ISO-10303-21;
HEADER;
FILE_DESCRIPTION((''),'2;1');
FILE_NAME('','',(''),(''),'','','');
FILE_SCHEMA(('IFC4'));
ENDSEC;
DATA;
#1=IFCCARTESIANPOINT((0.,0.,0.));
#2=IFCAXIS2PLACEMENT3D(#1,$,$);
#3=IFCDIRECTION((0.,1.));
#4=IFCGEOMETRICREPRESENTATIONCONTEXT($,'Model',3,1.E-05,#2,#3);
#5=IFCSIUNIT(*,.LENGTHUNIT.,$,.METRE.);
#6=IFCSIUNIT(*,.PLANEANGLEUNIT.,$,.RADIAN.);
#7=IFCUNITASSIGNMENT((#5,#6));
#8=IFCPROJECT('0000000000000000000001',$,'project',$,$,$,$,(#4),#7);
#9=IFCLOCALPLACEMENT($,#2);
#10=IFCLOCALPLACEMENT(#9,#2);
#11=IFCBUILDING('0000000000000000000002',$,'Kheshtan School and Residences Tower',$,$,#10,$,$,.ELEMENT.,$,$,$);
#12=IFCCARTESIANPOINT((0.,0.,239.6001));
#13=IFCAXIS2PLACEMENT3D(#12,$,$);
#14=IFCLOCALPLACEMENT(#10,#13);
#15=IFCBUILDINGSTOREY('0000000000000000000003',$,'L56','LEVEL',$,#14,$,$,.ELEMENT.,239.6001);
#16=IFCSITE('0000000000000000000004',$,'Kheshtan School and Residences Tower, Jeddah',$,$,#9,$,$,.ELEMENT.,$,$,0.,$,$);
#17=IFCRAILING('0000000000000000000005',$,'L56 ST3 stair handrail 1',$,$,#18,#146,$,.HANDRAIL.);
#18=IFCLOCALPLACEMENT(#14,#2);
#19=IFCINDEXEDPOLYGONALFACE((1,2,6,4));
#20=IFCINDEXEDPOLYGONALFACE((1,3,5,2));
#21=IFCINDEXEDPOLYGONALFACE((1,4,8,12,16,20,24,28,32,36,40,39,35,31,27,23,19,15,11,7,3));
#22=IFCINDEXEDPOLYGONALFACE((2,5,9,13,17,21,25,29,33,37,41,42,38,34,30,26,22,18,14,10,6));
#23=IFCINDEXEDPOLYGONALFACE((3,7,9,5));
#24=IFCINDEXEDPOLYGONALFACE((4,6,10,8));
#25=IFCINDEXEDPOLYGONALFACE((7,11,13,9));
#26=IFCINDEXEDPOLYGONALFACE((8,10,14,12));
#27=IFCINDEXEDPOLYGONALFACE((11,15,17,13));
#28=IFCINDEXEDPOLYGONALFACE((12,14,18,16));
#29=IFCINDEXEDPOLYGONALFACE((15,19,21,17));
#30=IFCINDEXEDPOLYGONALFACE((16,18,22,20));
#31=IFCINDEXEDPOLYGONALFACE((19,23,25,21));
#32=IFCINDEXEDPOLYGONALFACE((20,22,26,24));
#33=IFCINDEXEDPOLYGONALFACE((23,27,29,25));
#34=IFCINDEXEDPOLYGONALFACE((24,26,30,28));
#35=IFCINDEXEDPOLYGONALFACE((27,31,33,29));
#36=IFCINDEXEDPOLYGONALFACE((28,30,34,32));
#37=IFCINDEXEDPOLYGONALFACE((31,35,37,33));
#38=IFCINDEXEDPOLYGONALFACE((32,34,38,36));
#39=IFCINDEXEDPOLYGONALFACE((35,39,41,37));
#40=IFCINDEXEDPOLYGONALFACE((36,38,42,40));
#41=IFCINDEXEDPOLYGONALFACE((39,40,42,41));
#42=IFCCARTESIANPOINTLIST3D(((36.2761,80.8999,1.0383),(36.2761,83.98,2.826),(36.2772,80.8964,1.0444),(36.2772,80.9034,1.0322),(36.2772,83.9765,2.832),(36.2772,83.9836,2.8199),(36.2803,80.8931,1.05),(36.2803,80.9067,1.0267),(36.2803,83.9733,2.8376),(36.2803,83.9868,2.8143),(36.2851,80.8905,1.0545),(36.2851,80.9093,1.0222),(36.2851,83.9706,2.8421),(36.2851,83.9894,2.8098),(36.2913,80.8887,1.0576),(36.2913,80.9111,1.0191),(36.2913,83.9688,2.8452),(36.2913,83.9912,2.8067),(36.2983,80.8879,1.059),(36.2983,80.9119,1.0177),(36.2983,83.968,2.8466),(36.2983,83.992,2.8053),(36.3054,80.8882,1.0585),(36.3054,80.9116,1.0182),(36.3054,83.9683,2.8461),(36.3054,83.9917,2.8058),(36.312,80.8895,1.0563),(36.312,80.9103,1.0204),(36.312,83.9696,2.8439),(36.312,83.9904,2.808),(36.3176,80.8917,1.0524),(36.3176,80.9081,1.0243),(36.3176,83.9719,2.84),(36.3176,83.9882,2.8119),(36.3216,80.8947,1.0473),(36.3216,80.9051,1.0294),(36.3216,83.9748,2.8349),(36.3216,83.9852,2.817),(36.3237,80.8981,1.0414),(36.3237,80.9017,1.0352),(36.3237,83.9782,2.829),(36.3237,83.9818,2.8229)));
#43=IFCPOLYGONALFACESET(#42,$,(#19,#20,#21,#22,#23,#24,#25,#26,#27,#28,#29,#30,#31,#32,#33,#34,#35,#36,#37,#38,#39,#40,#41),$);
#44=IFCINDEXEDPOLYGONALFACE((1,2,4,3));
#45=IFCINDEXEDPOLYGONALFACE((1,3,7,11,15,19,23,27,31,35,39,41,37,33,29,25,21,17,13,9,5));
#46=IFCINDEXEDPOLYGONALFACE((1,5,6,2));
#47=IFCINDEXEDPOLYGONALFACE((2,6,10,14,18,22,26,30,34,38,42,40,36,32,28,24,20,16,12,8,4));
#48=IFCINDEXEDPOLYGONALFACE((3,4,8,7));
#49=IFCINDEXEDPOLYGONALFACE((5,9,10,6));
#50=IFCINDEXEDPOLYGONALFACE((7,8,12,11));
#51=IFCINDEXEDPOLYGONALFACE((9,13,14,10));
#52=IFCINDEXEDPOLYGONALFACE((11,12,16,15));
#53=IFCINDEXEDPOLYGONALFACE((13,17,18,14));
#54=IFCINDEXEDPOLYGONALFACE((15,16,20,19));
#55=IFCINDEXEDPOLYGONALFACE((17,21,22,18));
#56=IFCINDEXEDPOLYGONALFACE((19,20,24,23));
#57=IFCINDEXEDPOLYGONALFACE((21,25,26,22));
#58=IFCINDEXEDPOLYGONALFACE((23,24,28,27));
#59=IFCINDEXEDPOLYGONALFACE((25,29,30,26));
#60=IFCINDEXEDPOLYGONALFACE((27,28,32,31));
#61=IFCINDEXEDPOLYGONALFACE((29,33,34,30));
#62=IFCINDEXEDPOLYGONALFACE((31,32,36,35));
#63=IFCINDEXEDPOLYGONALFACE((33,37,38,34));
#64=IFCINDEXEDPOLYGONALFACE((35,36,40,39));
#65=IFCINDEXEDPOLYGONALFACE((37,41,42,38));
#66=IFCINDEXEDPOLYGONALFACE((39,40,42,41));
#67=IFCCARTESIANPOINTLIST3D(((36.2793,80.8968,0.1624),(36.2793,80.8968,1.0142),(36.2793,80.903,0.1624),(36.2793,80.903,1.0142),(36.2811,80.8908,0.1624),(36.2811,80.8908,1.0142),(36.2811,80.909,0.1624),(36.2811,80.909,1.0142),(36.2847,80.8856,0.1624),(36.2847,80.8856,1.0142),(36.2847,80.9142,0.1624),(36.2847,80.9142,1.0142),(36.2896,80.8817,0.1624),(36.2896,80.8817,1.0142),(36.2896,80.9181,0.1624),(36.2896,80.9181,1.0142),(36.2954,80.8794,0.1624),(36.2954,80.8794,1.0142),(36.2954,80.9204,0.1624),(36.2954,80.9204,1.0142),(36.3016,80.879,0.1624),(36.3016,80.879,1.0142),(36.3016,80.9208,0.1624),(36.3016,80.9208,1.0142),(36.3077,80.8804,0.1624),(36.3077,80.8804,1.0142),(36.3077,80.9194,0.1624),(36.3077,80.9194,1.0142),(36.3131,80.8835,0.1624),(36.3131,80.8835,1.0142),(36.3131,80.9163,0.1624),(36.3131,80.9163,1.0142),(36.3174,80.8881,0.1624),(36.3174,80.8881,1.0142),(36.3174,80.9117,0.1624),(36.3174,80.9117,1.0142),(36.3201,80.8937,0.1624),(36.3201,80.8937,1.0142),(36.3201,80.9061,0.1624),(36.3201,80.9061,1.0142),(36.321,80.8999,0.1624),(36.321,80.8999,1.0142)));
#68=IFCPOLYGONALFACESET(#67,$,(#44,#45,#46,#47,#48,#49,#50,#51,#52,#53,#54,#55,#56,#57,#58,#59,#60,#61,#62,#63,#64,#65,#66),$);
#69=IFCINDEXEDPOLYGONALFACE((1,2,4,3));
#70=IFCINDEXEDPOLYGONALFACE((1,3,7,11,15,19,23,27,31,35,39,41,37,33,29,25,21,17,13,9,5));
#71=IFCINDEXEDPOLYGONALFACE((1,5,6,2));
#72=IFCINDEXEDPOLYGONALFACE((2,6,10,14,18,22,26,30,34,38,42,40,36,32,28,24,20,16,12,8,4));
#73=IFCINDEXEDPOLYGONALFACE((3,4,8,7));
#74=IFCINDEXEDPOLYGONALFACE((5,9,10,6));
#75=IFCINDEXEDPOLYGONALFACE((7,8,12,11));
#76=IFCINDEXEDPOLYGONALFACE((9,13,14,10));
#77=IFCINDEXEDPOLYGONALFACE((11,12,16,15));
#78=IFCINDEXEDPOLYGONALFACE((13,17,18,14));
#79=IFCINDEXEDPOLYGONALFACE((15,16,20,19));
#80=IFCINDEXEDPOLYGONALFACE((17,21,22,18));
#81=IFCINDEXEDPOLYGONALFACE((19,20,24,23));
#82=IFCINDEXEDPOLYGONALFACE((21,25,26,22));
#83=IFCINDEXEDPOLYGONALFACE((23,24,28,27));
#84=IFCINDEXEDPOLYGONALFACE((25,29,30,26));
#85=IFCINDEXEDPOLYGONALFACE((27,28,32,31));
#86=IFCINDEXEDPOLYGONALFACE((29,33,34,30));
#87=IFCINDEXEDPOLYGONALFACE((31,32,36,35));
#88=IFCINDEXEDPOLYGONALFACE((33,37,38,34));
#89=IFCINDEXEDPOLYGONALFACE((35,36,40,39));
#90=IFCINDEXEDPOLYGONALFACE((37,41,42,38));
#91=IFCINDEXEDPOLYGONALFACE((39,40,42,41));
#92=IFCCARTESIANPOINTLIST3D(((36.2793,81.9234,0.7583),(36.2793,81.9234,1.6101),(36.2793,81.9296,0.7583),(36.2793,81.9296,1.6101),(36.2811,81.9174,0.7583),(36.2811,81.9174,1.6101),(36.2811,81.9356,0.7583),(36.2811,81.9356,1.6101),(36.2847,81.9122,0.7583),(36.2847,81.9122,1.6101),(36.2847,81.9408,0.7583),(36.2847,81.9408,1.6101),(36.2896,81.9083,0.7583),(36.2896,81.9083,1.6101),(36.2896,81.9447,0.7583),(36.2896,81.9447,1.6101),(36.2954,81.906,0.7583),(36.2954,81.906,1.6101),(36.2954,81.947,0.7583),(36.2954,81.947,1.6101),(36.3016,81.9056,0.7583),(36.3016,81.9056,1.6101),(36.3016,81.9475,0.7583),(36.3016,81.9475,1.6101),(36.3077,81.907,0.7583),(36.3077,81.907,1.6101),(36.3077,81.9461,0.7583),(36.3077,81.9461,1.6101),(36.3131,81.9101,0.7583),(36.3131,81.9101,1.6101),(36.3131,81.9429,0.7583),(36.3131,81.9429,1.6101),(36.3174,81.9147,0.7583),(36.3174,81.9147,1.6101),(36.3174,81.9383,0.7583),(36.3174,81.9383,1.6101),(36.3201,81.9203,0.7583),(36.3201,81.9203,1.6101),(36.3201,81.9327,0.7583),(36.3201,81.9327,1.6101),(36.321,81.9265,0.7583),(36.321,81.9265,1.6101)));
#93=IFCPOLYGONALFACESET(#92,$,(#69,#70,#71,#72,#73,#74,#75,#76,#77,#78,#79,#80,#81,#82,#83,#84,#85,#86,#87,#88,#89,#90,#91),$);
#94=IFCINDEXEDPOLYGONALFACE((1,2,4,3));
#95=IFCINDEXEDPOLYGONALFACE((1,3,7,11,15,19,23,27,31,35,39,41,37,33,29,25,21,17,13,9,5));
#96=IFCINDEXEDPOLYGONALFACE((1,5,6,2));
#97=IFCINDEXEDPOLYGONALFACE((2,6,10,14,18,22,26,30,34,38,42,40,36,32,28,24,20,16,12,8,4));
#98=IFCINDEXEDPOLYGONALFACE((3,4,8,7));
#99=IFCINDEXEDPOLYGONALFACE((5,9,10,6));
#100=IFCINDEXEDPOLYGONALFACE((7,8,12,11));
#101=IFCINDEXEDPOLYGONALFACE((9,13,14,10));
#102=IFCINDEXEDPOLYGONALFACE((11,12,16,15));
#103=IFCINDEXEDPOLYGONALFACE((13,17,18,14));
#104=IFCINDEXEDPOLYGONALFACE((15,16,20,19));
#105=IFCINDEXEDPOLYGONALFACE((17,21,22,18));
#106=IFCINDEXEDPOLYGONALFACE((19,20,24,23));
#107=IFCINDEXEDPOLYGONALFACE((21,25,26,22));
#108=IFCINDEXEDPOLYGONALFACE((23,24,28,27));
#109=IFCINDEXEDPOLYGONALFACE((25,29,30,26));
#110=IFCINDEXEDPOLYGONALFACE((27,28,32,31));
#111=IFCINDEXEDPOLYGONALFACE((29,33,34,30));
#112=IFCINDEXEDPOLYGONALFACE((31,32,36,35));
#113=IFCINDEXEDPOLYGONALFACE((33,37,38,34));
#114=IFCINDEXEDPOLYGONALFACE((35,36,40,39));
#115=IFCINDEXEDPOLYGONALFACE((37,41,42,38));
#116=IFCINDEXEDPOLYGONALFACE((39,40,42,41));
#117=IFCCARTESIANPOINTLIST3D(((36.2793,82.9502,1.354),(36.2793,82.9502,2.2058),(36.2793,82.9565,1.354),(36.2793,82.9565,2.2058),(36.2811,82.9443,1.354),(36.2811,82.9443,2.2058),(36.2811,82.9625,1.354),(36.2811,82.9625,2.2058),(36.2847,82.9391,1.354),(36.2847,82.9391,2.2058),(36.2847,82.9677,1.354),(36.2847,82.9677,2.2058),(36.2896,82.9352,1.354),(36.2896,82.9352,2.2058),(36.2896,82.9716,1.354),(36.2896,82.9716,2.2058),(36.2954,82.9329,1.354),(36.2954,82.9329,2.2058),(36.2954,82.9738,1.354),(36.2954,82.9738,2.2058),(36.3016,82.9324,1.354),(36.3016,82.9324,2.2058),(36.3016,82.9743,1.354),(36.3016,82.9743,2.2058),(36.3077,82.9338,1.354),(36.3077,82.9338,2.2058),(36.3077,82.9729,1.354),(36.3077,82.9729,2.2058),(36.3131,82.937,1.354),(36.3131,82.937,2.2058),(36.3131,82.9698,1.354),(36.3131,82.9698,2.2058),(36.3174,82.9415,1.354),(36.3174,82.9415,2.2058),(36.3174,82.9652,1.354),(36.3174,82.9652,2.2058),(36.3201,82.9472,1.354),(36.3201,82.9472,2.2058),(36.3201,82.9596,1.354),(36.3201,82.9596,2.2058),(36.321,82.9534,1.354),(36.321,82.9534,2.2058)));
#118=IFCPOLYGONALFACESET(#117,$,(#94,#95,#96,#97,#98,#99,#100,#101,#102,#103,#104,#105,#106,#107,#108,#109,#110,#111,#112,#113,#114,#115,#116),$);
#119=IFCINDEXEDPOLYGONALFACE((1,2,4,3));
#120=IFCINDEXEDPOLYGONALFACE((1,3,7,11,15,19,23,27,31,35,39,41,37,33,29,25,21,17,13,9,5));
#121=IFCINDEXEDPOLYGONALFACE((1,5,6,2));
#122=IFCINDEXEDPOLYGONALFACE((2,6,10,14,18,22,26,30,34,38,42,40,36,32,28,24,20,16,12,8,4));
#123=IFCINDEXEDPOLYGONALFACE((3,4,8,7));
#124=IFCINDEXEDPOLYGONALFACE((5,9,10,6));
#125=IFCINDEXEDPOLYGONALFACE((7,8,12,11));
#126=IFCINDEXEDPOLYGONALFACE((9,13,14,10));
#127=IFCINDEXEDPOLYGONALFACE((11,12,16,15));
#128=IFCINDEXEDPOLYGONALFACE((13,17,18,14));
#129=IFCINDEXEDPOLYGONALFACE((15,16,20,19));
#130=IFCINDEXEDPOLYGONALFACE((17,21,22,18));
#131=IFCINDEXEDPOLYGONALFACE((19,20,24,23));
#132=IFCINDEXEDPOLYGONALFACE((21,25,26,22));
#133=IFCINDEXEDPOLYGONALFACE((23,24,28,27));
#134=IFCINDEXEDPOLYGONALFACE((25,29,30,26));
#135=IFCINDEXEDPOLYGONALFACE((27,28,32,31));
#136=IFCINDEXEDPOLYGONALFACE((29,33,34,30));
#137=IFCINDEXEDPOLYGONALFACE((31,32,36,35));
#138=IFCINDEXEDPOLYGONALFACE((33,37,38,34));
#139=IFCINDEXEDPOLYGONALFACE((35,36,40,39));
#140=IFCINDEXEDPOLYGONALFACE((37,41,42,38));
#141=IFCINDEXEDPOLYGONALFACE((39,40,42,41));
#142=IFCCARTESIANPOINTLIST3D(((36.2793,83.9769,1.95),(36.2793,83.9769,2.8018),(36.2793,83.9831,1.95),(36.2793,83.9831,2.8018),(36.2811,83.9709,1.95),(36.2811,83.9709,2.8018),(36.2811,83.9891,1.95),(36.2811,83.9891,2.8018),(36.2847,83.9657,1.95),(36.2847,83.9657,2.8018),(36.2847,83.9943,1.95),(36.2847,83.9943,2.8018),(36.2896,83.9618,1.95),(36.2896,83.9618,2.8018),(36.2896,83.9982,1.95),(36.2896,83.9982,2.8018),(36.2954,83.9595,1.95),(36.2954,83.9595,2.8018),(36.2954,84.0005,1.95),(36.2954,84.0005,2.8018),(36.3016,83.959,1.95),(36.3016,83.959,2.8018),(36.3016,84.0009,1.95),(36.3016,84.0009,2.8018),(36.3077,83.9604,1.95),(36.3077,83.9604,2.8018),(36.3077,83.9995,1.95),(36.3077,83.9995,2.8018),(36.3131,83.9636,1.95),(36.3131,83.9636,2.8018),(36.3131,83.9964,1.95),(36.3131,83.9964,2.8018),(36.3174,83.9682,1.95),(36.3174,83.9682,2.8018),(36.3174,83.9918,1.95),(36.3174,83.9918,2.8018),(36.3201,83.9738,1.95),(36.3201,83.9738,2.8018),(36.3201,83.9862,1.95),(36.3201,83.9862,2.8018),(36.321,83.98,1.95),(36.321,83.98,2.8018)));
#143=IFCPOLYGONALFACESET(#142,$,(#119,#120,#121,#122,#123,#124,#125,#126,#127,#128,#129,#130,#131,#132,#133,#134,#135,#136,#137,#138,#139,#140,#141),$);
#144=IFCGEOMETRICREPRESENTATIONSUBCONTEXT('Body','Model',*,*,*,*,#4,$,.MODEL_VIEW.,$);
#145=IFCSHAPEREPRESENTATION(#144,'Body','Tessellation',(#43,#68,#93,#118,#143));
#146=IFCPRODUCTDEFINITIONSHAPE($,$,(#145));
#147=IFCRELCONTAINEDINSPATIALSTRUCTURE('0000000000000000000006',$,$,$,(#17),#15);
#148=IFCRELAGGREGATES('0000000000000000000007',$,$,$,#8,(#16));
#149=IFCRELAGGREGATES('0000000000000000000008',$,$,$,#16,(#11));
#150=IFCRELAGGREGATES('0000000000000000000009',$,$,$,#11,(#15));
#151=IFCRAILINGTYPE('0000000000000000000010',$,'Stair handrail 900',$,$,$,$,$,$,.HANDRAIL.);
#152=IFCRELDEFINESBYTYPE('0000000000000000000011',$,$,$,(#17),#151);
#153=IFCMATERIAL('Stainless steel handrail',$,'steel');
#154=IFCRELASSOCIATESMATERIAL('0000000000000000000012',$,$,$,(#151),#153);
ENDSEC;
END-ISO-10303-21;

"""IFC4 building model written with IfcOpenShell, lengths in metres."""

from ifc_helpers import new_model, si_unit, direction, frame, origin, origin_2d, place, context, subcontext, project, spatial, circle, extrude, material, type_object, element, save


model = new_model("IFC4")

# Units and contexts
model_context = context("Model", 3, precision=1e-05, world=origin(), true_north=direction((0.0, 1.0)))
body_context = subcontext(model_context, "Body", "Model", "MODEL_VIEW")
ifc_project = project(units=[si_unit("LENGTHUNIT", "METRE"), si_unit("PLANEANGLEUNIT", "RADIAN")], contexts=[model_context])

# Site, building, storey
site_placement = place(None, origin())
site = spatial("IfcSite", under=ifc_project, at=site_placement, Name="Kheshtan School and Residences Tower, Jeddah", CompositionType="ELEMENT", RefElevation=0.0)
building_placement = place(site_placement, origin())
building = spatial("IfcBuilding", under=site, at=building_placement, Name="Kheshtan School and Residences Tower", CompositionType="ELEMENT")
storey_placement = place(building_placement, frame((0.0, 0.0, 239.6001)))
storey = spatial("IfcBuildingStorey", under=building, at=storey_placement, Name="L56", Description="LEVEL", CompositionType="ELEMENT", Elevation=239.6001)

# Railing
ifc_material_1 = material(Name="Stainless steel handrail", Category="steel")
railing_type_1 = type_object("IfcRailingType", Name="Stair handrail 900", PredefinedType="HANDRAIL", material=ifc_material_1)
railing_1_placement = place(storey_placement, frame((36.3, 80.8999, 0.1624)))
element("IfcRailing", 1, at=railing_1_placement, inside=storey, type_object=railing_type_1, Name="L56 ST3 stair handrail 1", PredefinedType="HANDRAIL", context=body_context, shape_type="SweptSolid", body=[
    extrude(circle(Radius=0.0239, at=origin_2d()), frame((0.0, 0.0, 0.876), z_axis=(0.0, 0.864891, 0.50196), x_axis=(-1.0, 0.0, 0.0)), (0.0, 0.0, 1.0), 3.5613),
    extrude(circle(Radius=0.021, at=origin_2d()), origin(), (0.0, 0.0, 1.0), 0.8518),
    extrude(circle(Radius=0.021, at=origin_2d()), frame((0.0, 1.0266, 0.5959)), (0.0, 0.0, 1.0), 0.8518),
    extrude(circle(Radius=0.021, at=origin_2d()), frame((0.0, 2.0535, 1.1917)), (0.0, 0.0, 1.0), 0.8518),
    extrude(circle(Radius=0.021, at=origin_2d()), frame((0.0, 3.0801, 1.7876)), (0.0, 0.0, 1.0), 0.8518),
])

save(model, "model.ifc")
